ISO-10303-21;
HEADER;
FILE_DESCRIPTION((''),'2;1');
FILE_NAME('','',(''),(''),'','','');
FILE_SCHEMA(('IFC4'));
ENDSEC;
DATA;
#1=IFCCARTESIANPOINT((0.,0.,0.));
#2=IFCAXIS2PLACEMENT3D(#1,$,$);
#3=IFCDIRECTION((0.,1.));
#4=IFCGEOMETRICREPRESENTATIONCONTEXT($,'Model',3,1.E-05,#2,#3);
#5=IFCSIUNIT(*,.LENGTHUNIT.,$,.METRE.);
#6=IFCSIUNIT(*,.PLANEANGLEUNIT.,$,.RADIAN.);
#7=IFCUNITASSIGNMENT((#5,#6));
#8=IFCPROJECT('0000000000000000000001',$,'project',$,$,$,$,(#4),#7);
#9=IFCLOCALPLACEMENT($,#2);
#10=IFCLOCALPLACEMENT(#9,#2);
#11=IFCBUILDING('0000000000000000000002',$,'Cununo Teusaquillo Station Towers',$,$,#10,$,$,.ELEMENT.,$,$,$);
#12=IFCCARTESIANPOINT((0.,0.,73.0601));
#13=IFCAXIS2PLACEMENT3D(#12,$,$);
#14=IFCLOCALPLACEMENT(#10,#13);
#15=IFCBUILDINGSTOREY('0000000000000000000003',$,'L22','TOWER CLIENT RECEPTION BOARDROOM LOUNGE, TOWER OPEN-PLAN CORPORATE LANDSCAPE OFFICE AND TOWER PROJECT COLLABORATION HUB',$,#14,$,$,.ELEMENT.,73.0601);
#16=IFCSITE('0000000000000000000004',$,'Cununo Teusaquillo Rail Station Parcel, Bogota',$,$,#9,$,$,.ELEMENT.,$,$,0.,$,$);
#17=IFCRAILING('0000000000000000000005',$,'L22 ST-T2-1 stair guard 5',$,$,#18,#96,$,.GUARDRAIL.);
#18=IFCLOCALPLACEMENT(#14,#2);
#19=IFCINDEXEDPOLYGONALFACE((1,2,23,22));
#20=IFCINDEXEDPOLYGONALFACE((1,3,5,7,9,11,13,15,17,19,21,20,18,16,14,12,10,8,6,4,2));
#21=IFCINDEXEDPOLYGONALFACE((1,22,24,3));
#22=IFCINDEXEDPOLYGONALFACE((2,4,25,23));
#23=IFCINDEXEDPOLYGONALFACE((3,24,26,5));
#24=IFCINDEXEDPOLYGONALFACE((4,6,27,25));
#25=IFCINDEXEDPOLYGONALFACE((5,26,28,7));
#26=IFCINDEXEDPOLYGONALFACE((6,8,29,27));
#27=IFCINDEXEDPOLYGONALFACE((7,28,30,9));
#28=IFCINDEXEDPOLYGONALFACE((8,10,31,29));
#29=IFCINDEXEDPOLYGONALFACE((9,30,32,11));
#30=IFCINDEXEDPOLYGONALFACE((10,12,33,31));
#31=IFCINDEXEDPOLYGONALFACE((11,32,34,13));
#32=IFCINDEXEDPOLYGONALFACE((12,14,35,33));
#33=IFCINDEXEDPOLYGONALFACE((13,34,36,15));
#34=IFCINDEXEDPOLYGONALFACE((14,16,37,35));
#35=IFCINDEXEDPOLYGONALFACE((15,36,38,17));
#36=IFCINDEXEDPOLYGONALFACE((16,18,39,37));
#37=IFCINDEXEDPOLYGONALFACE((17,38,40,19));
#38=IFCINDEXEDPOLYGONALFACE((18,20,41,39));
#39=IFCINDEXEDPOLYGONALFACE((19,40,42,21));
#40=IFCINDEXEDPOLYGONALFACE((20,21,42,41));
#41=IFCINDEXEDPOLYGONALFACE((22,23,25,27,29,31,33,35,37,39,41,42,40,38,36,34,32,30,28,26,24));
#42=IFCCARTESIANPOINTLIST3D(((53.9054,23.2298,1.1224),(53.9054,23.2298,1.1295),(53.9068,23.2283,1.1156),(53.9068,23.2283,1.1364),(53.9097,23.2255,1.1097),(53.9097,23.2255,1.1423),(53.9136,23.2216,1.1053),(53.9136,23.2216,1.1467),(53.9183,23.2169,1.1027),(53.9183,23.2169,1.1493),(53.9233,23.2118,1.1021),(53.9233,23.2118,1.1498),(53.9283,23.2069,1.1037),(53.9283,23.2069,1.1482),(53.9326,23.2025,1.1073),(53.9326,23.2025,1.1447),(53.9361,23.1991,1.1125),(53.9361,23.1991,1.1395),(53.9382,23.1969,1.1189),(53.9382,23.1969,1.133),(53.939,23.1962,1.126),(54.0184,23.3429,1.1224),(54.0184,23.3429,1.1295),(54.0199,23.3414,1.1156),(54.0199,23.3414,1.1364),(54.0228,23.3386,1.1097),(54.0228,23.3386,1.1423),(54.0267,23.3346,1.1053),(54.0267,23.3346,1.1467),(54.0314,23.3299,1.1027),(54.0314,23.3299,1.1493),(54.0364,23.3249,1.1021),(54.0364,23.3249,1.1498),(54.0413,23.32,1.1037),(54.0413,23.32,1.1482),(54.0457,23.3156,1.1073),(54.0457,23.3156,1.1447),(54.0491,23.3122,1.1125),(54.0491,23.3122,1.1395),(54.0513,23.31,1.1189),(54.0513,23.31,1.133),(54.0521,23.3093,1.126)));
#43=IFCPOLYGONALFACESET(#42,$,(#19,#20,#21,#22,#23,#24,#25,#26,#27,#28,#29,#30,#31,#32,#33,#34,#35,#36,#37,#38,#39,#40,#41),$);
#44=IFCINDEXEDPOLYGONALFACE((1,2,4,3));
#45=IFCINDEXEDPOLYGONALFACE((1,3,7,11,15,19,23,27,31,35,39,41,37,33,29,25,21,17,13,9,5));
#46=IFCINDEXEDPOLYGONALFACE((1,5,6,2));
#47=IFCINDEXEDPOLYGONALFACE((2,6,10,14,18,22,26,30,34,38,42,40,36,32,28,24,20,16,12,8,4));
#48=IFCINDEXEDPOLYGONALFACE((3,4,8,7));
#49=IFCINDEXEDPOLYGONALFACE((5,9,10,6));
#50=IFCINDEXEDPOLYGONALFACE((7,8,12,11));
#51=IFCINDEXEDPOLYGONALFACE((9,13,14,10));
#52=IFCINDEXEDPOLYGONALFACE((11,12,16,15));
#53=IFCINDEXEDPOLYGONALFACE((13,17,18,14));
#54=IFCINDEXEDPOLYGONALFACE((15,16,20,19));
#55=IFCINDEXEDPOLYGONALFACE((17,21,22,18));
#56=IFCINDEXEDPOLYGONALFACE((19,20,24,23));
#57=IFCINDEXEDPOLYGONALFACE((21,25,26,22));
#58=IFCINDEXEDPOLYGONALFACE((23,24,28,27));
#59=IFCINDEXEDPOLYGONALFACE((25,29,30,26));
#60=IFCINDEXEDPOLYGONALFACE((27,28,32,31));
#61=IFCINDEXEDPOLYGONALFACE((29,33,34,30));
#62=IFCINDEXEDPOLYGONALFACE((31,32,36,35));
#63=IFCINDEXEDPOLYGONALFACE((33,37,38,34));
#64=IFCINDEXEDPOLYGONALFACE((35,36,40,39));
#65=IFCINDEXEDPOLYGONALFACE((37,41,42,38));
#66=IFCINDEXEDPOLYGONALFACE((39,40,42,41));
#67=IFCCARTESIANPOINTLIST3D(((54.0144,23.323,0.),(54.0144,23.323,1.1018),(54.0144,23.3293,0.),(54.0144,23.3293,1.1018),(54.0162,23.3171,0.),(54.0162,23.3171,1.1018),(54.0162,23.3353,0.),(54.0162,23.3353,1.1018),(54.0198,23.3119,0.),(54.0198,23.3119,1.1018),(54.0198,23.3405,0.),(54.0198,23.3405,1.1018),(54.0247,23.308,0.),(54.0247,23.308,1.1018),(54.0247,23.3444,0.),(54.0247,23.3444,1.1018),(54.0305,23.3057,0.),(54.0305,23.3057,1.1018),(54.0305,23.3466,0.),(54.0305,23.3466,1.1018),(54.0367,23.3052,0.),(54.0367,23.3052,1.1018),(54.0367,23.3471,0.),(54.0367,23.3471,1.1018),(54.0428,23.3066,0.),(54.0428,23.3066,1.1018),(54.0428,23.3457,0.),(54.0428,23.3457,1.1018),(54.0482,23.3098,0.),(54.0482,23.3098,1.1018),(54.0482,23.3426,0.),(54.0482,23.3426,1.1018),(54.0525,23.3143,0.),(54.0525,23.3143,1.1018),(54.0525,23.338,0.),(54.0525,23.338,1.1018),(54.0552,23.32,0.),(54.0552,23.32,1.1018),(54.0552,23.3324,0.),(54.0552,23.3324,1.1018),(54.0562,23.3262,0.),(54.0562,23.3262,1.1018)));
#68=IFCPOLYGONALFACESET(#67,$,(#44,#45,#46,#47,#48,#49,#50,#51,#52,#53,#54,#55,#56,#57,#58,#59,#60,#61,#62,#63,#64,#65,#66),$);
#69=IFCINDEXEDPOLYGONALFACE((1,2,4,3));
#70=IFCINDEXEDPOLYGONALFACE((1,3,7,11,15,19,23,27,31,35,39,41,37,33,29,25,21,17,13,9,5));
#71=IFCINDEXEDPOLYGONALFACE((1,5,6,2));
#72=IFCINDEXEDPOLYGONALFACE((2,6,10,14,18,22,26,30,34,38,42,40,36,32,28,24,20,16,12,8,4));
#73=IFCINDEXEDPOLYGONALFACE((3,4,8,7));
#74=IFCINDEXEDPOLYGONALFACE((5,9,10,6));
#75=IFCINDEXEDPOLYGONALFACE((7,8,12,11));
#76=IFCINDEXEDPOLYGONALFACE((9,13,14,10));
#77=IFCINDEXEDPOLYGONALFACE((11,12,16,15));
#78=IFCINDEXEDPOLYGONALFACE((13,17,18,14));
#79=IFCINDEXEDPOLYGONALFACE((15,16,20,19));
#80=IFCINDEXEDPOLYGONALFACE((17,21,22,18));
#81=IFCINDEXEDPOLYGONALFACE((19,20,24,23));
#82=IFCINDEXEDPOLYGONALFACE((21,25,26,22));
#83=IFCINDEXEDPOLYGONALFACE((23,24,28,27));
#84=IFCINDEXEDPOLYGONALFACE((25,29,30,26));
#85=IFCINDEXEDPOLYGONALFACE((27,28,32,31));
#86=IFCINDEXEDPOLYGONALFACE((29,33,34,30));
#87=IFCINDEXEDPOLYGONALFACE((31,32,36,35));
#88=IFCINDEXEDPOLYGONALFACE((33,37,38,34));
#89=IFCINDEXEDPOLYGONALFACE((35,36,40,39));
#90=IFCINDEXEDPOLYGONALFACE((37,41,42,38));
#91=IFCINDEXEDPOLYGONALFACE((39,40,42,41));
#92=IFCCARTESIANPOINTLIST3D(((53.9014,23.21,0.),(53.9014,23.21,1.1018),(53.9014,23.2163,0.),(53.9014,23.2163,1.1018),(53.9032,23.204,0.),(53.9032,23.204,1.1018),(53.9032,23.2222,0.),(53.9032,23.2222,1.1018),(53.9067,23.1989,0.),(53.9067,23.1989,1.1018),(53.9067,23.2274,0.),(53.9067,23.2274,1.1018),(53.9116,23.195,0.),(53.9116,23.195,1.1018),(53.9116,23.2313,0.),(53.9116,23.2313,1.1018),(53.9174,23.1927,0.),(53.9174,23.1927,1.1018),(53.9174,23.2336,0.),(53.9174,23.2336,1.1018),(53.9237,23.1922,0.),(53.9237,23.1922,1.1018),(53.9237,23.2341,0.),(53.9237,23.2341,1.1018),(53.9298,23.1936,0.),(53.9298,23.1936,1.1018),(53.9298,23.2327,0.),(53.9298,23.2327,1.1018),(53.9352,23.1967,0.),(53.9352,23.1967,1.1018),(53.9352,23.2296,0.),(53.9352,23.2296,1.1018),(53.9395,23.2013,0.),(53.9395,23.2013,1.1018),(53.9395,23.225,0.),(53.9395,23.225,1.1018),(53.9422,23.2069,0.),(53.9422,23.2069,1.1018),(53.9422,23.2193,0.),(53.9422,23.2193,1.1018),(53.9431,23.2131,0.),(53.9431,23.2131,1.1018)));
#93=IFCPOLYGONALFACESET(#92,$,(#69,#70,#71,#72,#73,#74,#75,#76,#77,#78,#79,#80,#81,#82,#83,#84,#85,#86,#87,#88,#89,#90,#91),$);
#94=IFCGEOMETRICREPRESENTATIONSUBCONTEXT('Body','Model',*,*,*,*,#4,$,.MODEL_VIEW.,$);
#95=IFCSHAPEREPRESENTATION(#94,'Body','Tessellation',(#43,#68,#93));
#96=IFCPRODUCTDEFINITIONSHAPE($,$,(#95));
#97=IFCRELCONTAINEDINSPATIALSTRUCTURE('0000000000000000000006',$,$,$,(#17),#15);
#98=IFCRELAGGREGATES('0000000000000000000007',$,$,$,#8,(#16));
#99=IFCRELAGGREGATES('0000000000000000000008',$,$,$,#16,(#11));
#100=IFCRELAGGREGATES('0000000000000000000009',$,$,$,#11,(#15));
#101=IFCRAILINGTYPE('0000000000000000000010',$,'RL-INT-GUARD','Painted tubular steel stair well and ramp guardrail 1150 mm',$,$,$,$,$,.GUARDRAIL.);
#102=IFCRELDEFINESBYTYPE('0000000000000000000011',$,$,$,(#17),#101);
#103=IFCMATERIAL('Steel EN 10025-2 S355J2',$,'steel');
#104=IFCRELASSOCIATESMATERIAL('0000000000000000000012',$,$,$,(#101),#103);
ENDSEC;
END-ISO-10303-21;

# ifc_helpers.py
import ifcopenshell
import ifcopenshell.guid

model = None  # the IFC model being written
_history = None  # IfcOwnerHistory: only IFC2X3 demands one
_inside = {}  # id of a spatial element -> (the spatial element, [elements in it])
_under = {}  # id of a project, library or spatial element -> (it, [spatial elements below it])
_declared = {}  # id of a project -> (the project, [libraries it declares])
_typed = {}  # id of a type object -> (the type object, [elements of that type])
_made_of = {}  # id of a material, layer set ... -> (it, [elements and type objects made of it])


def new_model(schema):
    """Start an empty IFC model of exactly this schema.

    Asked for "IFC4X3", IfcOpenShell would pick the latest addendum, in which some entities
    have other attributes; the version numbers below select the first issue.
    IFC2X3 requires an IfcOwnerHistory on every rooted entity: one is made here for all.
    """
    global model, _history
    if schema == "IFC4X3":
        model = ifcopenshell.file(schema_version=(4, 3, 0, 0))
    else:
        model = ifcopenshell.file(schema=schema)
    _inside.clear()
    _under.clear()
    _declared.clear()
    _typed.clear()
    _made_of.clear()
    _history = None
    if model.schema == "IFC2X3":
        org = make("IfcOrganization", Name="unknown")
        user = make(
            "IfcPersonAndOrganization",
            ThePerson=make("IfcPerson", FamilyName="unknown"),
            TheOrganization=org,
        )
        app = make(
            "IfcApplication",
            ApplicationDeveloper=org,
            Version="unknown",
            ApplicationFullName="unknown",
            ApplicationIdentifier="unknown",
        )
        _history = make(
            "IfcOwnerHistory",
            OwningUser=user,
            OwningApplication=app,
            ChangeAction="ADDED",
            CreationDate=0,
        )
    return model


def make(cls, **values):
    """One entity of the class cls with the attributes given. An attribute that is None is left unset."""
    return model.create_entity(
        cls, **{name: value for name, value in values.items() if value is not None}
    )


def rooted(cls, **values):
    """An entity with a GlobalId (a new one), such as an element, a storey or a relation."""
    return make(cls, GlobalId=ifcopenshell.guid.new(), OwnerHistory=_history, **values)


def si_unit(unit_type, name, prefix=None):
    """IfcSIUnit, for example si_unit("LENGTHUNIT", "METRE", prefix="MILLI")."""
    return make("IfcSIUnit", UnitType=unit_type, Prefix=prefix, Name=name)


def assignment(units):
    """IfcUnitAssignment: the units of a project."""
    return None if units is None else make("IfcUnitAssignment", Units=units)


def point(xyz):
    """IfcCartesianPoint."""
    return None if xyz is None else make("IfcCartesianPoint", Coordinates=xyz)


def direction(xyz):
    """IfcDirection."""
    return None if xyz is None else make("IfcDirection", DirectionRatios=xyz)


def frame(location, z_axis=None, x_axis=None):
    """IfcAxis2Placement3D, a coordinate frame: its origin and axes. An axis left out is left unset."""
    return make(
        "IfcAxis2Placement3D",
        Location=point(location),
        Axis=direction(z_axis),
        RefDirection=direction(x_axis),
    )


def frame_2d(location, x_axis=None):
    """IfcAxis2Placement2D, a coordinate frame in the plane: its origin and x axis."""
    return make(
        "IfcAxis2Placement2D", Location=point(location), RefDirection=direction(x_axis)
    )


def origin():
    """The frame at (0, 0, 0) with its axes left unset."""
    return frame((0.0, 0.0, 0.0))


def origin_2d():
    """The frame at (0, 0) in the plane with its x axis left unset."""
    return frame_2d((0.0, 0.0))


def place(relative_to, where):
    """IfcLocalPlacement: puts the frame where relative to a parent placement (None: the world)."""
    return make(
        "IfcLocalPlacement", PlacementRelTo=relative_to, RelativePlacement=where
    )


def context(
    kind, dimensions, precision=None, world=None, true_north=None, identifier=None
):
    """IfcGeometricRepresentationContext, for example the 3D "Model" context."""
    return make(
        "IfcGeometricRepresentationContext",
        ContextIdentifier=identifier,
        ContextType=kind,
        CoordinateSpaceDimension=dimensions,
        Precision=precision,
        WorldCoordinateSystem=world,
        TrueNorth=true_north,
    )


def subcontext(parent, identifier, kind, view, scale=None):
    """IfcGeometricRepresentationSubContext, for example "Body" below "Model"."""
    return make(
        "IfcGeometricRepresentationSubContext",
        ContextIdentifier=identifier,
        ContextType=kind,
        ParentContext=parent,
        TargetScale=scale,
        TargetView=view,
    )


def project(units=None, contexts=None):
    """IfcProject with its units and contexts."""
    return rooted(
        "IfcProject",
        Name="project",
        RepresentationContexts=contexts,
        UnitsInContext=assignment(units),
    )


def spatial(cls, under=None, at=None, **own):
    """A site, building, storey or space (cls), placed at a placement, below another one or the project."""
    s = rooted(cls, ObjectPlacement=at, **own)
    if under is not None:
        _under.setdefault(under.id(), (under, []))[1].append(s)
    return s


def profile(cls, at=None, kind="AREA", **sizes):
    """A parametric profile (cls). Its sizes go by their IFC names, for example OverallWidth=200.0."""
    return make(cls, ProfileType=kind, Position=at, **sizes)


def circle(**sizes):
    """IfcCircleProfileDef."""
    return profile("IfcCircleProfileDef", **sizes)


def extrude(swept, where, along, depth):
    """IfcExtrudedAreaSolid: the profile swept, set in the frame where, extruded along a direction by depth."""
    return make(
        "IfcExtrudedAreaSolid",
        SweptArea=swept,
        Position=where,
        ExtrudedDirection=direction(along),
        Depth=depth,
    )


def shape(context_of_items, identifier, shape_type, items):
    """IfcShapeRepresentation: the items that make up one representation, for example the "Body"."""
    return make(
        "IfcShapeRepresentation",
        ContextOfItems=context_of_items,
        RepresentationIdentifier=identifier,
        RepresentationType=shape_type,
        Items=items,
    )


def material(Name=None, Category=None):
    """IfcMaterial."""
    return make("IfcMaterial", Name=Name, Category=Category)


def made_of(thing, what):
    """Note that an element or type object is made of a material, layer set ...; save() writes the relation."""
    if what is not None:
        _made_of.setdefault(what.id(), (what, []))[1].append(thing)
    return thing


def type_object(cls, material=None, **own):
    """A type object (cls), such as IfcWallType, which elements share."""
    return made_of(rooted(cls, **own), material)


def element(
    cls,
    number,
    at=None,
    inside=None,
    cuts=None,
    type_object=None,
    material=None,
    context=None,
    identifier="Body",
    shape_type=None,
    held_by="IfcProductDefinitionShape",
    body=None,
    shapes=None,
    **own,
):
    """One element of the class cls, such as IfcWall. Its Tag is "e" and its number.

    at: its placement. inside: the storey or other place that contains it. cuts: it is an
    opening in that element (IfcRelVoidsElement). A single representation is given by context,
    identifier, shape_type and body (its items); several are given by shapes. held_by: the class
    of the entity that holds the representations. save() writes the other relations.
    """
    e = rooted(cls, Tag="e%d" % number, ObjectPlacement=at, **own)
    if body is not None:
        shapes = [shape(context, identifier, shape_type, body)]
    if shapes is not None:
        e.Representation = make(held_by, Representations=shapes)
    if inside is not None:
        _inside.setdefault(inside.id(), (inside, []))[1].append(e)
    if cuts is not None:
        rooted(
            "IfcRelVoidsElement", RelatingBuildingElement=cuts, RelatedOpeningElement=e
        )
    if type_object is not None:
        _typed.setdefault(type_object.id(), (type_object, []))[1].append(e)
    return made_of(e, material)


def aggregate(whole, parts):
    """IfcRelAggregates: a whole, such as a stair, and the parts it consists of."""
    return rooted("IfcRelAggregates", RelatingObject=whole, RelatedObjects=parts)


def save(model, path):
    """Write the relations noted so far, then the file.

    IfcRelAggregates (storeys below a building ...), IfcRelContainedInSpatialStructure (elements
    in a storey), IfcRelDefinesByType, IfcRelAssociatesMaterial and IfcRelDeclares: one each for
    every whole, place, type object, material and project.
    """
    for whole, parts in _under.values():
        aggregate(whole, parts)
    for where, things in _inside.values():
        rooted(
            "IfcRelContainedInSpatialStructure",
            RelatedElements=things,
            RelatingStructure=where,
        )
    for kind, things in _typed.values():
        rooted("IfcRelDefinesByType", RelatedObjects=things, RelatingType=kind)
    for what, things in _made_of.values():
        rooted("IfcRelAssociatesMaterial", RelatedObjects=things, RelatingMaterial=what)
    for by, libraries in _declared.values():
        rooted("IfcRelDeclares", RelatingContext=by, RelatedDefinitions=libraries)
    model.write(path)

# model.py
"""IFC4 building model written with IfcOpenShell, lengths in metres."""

from ifc_helpers import new_model, si_unit, direction, frame, origin, origin_2d, place, context, subcontext, project, spatial, circle, extrude, material, type_object, element, save


model = new_model("IFC4")

# Units and contexts
model_context = context("Model", 3, precision=1e-05, world=origin(), true_north=direction((0.0, 1.0)))
body_context = subcontext(model_context, "Body", "Model", "MODEL_VIEW")
ifc_project = project(units=[si_unit("LENGTHUNIT", "METRE"), si_unit("PLANEANGLEUNIT", "RADIAN")], contexts=[model_context])

# Site, building, storey
site_placement = place(None, origin())
site = spatial("IfcSite", under=ifc_project, at=site_placement, Name="Cununo Teusaquillo Rail Station Parcel, Bogota", CompositionType="ELEMENT", RefElevation=0.0)
building_placement = place(site_placement, origin())
building = spatial("IfcBuilding", under=site, at=building_placement, Name="Cununo Teusaquillo Station Towers", CompositionType="ELEMENT")
storey_placement = place(building_placement, frame((0.0, 0.0, 73.0601)))
storey = spatial("IfcBuildingStorey", under=building, at=storey_placement, Name="L22", Description="TOWER CLIENT RECEPTION BOARDROOM LOUNGE, TOWER OPEN-PLAN CORPORATE LANDSCAPE OFFICE AND TOWER PROJECT COLLABORATION HUB", CompositionType="ELEMENT", Elevation=73.0601)

# Railing
ifc_material_1 = material(Name="Steel EN 10025-2 S355J2", Category="steel")
railing_type_1 = type_object("IfcRailingType", Name="RL-INT-GUARD", Description="Painted tubular steel stair well and ramp guardrail 1150 mm", PredefinedType="GUARDRAIL", material=ifc_material_1)
railing_1_placement = place(storey_placement, frame((54.0352, 23.3262, 0.0)))
element("IfcRailing", 1, at=railing_1_placement, inside=storey, type_object=railing_type_1, Name="L22 ST-T2-1 stair guard 5", PredefinedType="GUARDRAIL", context=body_context, shape_type="SweptSolid", body=[
    extrude(circle(Radius=0.0239, at=origin_2d()), frame((0.0, 0.0, 1.126), z_axis=(-0.707107, -0.707107, 0.0), x_axis=(0.707107, -0.707107, 0.0)), (0.0, 0.0, 1.0), 0.1599),
    extrude(circle(Radius=0.021, at=origin_2d()), origin(), (0.0, 0.0, 1.0), 1.1018),
    extrude(circle(Radius=0.021, at=origin_2d()), frame((-0.113, -0.113, 0.0)), (0.0, 0.0, 1.0), 1.1018),
])

save(model, "model.ifc")
